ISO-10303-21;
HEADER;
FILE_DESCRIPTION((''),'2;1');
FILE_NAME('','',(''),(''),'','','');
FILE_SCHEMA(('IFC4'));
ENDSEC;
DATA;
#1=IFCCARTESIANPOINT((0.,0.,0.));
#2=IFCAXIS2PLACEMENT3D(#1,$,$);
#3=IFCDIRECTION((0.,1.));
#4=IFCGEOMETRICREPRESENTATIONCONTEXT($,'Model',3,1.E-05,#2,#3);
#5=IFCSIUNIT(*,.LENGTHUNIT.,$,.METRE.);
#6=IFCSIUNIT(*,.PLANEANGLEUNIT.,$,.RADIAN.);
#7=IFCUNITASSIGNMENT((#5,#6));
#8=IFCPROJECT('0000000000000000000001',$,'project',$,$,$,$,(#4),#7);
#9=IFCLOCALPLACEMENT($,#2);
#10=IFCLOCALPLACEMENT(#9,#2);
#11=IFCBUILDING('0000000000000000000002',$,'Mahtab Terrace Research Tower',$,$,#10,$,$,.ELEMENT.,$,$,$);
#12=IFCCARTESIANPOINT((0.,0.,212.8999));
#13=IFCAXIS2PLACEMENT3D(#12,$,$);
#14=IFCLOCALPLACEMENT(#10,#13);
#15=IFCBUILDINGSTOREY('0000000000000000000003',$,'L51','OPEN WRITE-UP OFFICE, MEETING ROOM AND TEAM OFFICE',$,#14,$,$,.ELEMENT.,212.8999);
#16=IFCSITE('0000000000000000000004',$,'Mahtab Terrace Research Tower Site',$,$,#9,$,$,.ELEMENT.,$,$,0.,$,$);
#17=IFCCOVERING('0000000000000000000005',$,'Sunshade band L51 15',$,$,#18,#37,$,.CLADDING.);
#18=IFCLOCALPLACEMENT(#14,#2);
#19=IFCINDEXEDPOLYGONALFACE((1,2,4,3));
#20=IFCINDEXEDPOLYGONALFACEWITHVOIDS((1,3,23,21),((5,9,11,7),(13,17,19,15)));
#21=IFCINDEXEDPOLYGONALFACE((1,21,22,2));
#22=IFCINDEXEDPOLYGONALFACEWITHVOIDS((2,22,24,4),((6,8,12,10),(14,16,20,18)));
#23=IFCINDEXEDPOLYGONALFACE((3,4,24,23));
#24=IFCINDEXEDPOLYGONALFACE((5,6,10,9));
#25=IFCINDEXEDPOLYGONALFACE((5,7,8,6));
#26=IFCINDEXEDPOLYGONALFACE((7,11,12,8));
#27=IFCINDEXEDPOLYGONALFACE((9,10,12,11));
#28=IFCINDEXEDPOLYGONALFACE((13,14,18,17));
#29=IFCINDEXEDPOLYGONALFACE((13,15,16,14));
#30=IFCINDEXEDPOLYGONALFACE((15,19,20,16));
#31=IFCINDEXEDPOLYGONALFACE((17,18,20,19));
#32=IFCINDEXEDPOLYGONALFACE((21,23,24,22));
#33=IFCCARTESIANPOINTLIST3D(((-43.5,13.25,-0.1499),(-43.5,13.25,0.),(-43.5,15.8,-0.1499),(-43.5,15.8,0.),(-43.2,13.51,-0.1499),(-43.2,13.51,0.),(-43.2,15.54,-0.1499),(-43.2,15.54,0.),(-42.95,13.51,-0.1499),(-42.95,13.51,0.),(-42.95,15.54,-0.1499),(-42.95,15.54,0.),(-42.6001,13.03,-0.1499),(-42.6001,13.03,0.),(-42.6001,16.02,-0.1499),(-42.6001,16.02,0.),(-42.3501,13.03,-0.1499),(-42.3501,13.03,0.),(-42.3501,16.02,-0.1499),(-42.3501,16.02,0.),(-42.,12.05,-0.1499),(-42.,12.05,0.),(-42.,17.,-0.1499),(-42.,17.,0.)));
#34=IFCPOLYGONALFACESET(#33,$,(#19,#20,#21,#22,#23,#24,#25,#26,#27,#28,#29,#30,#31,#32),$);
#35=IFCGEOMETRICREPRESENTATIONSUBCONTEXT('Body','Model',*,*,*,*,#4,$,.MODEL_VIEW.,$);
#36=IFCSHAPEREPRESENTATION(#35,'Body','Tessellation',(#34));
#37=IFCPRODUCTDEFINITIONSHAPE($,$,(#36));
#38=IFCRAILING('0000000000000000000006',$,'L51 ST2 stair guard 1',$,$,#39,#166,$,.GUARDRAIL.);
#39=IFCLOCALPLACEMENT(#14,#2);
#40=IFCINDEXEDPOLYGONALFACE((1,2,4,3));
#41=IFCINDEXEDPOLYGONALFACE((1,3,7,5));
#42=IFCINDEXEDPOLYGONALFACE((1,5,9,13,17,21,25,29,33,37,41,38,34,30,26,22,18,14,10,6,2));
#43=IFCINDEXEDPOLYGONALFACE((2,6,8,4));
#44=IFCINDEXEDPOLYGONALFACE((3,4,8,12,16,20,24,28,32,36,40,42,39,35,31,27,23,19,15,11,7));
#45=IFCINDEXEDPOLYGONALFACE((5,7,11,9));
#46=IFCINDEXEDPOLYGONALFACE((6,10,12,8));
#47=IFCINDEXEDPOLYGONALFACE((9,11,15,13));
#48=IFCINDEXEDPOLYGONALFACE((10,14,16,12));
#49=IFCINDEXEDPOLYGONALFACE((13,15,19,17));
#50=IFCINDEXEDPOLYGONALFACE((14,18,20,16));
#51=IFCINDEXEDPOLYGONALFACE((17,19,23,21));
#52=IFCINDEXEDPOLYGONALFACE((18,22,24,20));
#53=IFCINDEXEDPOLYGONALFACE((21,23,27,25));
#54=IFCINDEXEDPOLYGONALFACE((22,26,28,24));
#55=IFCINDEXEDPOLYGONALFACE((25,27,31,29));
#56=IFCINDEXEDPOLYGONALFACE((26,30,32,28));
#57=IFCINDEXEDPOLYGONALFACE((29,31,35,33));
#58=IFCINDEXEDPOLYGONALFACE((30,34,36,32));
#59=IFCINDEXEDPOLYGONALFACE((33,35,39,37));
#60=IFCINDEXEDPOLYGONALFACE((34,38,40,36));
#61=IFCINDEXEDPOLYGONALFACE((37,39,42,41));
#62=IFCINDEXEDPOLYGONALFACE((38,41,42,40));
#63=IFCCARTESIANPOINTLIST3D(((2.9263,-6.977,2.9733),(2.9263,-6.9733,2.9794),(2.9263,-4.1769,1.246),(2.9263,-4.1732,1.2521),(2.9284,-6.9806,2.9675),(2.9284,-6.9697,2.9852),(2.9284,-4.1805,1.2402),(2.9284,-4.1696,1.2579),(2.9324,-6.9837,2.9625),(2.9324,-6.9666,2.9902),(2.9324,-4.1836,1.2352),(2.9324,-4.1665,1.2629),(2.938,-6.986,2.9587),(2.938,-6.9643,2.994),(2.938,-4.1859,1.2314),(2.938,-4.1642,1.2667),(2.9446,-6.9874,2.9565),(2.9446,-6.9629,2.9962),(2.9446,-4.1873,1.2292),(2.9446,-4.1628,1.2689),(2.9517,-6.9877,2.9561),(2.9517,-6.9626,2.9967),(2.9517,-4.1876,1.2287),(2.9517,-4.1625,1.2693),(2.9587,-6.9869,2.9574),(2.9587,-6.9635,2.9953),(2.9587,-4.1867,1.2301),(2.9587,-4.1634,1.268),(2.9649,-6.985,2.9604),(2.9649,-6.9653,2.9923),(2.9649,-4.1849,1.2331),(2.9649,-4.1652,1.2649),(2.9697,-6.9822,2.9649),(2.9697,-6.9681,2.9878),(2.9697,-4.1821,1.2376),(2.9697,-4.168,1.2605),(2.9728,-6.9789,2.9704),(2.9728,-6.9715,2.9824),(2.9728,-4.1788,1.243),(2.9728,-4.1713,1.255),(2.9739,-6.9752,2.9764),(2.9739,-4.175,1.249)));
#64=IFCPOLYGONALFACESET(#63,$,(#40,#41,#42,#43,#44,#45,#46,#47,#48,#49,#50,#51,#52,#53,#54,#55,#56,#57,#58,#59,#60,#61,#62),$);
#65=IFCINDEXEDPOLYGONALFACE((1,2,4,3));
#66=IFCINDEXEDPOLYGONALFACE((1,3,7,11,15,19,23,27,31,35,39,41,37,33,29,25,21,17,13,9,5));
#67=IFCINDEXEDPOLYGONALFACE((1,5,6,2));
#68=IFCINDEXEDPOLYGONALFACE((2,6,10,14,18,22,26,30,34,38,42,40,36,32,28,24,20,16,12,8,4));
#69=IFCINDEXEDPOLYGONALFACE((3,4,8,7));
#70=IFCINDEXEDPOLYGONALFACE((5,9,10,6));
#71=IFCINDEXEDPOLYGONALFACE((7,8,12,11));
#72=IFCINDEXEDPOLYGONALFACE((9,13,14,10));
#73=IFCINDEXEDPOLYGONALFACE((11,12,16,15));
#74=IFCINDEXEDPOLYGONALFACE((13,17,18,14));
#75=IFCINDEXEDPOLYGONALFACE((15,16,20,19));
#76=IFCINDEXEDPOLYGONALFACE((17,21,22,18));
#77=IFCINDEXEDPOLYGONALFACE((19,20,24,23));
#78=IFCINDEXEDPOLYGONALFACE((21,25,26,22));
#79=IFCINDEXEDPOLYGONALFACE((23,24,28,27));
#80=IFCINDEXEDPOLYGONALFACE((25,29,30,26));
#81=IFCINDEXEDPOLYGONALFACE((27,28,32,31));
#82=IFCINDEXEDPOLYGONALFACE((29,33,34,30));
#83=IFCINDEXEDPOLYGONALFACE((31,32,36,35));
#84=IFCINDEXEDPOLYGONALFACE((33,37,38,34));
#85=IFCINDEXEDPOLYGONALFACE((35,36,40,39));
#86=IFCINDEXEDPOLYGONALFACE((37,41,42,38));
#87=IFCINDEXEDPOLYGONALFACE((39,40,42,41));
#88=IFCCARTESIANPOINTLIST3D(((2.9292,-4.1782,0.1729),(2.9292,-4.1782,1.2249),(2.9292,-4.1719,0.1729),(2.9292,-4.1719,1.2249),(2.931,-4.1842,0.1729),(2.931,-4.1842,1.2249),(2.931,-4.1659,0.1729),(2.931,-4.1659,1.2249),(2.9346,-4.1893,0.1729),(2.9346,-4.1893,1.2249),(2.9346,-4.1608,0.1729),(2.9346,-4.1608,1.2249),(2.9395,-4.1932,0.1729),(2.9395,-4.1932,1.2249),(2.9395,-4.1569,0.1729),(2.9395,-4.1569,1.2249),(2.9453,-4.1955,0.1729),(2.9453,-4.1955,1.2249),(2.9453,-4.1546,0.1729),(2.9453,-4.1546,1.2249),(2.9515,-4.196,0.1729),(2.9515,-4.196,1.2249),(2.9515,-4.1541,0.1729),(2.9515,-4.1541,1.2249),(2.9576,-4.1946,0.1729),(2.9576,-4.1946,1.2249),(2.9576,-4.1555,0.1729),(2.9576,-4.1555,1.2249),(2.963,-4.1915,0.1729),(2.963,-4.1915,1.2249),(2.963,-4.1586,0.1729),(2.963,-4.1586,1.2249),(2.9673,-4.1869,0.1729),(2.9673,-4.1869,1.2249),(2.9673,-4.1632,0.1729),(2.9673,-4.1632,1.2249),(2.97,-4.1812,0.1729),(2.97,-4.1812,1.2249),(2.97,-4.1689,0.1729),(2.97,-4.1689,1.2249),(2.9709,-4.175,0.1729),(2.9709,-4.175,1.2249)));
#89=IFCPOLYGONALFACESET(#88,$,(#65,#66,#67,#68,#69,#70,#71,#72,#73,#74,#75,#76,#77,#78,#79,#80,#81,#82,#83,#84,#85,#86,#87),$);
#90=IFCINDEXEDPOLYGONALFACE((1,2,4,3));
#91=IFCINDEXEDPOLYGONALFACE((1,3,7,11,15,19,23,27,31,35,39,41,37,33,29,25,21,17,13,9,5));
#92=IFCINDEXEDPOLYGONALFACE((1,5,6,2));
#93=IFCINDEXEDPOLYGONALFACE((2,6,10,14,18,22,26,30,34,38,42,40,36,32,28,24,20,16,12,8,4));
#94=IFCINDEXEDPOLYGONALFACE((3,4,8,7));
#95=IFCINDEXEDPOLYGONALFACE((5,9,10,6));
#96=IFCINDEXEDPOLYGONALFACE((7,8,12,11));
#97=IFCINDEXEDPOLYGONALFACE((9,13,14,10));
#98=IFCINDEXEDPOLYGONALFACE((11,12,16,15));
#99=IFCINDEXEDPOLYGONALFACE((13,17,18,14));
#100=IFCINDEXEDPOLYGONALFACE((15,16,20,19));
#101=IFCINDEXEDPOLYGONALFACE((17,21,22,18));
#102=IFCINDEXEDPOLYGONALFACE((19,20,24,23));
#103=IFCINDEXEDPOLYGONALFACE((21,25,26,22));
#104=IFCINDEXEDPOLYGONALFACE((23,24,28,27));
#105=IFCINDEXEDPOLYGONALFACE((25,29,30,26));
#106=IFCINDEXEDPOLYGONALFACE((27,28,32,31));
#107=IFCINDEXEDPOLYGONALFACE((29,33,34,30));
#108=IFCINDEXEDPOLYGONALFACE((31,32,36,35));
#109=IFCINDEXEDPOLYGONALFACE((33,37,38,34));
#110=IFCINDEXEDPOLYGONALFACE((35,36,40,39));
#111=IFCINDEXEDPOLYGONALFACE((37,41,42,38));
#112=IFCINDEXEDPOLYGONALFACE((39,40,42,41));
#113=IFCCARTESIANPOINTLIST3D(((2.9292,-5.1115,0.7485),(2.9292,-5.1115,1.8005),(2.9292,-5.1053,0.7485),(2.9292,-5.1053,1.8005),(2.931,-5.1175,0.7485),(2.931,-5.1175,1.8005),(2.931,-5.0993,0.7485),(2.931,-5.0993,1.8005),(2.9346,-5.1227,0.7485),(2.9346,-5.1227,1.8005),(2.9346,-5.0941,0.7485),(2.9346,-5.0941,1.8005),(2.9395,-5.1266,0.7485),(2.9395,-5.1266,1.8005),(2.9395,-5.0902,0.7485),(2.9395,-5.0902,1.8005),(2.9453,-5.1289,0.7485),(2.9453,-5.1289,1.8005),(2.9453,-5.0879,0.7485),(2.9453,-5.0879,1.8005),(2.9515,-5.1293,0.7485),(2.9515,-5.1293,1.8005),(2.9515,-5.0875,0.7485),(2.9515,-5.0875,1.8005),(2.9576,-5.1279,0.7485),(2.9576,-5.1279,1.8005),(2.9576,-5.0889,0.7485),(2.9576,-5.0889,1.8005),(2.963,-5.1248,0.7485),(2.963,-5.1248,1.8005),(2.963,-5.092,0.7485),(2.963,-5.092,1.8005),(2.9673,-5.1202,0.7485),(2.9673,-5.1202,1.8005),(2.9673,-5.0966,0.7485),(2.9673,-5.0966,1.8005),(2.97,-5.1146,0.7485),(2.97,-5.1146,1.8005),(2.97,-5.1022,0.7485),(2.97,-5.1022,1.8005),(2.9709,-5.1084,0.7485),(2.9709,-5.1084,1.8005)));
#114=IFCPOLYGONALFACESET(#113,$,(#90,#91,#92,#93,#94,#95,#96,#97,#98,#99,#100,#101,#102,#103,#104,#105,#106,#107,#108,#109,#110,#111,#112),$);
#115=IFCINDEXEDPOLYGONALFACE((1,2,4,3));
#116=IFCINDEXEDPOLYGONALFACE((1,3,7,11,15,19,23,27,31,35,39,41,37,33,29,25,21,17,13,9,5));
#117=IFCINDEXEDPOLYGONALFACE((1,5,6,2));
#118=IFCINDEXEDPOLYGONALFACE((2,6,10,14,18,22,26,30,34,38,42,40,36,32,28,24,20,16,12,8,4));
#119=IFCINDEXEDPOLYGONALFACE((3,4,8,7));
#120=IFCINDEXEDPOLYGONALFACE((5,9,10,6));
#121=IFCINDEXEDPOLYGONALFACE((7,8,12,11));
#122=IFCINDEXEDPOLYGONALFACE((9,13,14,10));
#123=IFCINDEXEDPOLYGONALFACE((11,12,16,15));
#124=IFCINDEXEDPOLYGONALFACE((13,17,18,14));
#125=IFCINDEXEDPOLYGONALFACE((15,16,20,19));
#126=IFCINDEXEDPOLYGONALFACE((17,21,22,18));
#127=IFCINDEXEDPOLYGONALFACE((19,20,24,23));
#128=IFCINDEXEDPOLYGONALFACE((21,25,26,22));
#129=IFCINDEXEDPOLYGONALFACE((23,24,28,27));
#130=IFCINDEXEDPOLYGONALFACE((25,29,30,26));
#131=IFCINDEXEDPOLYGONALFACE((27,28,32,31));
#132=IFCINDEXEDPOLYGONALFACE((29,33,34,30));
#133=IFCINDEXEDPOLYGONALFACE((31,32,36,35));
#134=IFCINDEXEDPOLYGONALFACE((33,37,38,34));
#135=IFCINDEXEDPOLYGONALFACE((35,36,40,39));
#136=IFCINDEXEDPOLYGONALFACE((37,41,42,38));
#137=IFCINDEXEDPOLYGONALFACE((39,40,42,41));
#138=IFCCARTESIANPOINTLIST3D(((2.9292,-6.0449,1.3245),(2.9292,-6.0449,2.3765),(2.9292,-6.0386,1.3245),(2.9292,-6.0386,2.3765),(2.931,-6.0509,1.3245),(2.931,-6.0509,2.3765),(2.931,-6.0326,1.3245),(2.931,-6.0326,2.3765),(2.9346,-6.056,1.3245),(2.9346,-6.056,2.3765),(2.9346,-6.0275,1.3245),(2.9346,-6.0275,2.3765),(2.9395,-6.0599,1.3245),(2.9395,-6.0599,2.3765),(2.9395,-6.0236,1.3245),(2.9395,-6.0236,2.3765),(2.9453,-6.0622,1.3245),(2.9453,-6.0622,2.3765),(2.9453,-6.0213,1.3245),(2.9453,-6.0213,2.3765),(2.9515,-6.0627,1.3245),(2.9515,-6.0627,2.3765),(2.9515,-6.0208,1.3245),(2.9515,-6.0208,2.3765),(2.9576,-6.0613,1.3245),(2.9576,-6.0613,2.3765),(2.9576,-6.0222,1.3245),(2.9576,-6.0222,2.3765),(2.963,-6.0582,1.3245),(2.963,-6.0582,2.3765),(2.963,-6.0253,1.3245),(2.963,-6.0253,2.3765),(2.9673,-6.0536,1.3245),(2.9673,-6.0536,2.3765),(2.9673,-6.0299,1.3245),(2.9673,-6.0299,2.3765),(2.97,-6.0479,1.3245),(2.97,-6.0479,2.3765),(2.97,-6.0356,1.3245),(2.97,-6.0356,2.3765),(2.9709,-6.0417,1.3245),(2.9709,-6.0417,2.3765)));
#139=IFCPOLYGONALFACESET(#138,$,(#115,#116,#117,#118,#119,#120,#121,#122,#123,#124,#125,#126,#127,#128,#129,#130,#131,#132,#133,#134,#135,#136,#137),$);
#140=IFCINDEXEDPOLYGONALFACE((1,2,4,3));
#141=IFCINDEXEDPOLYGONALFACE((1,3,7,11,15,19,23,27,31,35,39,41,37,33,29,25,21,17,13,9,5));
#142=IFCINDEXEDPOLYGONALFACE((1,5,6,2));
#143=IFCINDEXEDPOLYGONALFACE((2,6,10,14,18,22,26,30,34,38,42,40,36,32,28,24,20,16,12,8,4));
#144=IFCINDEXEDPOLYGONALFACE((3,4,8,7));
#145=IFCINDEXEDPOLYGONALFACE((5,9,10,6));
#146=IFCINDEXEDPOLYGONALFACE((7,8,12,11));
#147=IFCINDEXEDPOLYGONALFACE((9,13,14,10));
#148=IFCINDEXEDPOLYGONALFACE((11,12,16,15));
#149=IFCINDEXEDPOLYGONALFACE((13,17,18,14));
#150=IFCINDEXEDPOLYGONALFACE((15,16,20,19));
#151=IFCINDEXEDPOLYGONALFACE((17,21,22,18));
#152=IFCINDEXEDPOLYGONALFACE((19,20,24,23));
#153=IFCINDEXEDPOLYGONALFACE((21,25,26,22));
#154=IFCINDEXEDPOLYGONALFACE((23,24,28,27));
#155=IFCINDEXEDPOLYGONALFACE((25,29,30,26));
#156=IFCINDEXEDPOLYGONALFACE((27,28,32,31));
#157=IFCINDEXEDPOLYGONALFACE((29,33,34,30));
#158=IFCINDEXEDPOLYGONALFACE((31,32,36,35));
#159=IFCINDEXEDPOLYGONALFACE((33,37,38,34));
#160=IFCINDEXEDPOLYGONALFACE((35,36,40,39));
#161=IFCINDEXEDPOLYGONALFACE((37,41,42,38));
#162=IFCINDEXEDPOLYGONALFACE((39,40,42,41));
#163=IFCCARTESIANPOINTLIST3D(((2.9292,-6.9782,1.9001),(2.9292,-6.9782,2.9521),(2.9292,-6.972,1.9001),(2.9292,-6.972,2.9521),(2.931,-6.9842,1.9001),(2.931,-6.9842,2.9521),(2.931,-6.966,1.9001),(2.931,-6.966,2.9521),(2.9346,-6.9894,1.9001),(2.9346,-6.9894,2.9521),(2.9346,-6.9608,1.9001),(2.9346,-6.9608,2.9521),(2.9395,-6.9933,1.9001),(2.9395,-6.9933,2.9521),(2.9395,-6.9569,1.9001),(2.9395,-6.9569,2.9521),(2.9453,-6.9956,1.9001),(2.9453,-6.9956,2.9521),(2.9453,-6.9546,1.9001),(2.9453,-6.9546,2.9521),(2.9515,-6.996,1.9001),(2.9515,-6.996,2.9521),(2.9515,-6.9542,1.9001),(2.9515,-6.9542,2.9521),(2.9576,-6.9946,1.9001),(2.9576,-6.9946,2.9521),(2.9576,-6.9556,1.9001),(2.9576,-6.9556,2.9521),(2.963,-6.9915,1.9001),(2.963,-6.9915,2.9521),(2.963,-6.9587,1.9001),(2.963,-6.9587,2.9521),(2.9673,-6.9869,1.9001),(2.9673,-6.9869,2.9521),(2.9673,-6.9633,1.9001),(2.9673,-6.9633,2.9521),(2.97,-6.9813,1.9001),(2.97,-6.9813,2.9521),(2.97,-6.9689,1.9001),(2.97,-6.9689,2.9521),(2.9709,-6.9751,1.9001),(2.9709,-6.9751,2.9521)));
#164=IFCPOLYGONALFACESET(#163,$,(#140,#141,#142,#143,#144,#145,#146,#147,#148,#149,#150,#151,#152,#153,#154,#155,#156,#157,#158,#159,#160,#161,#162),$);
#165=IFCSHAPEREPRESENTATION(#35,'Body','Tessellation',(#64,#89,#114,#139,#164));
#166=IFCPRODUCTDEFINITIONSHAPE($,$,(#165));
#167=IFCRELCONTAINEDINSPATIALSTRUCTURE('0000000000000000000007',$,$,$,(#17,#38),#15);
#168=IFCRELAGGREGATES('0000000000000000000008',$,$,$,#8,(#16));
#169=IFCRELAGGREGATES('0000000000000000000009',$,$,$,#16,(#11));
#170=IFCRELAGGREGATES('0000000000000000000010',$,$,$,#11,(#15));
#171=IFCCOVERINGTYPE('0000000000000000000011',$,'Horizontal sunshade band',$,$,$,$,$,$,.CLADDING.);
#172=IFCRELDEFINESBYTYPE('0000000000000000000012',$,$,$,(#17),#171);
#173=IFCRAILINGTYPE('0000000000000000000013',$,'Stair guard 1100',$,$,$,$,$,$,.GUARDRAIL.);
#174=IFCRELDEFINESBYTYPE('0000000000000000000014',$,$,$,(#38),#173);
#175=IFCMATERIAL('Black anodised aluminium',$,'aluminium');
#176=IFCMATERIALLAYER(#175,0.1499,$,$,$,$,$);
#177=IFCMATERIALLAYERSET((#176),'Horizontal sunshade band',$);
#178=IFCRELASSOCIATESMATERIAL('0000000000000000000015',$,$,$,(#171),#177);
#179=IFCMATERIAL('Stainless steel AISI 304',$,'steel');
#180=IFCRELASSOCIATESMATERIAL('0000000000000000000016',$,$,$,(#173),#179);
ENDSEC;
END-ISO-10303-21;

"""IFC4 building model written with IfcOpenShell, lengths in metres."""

from ifc_helpers import new_model, si_unit, direction, frame, origin, origin_2d, place, context, subcontext, project, spatial, polyline, circle, outline, extrude, material, layer, layer_set, type_object, element, save


model = new_model("IFC4")

# Units and contexts
model_context = context("Model", 3, precision=1e-05, world=origin(), true_north=direction((0.0, 1.0)))
body_context = subcontext(model_context, "Body", "Model", "MODEL_VIEW")
ifc_project = project(units=[si_unit("LENGTHUNIT", "METRE"), si_unit("PLANEANGLEUNIT", "RADIAN")], contexts=[model_context])

# Site, building, storey
site_placement = place(None, origin())
site = spatial("IfcSite", under=ifc_project, at=site_placement, Name="Mahtab Terrace Research Tower Site", CompositionType="ELEMENT", RefElevation=0.0)
building_placement = place(site_placement, origin())
building = spatial("IfcBuilding", under=site, at=building_placement, Name="Mahtab Terrace Research Tower", CompositionType="ELEMENT")
storey_placement = place(building_placement, frame((0.0, 0.0, 212.8999)))
storey = spatial("IfcBuildingStorey", under=building, at=storey_placement, Name="L51", Description="OPEN WRITE-UP OFFICE, MEETING ROOM AND TEAM OFFICE", CompositionType="ELEMENT", Elevation=212.8999)

# Covering
ifc_material_1 = material(Name="Black anodised aluminium", Category="aluminium")
ifc_layer_1 = layer(ifc_material_1, 0.1499)
ifc_layer_set_1 = layer_set([ifc_layer_1], Name="Horizontal sunshade band")
covering_type = type_object("IfcCoveringType", Name="Horizontal sunshade band", PredefinedType="CLADDING", material=ifc_layer_set_1)
covering_1_placement = place(storey_placement, frame((0.0, 0.0, -0.1499)))
element("IfcCovering", 1, at=covering_1_placement, inside=storey, type_object=covering_type, Name="Sunshade band L51 15", PredefinedType="CLADDING", context=body_context, shape_type="SweptSolid", body=[
    extrude(outline(polyline([(-42.0, 17.0), (-42.0, 12.05), (-43.5, 13.25), (-43.5, 15.8), (-42.0, 17.0)]), holes=[polyline([(-42.3501, 16.02), (-42.3501, 13.03), (-42.6001, 13.03), (-42.6001, 16.02), (-42.3501, 16.02)]), polyline([(-42.95, 15.54), (-42.95, 13.51), (-43.2, 13.51), (-43.2, 15.54), (-42.95, 15.54)])]), origin(), (0.0, 0.0, 1.0), 0.1499),
])

# Railing
ifc_material_2 = material(Name="Stainless steel AISI 304", Category="steel")
railing_type_1 = type_object("IfcRailingType", Name="Stair guard 1100", PredefinedType="GUARDRAIL", material=ifc_material_2)
railing_1_placement = place(storey_placement, frame((2.95, -4.175, 0.1729)))
element("IfcRailing", 2, at=railing_1_placement, inside=storey, type_object=railing_type_1, Name="L51 ST2 stair guard 1", PredefinedType="GUARDRAIL", context=body_context, shape_type="SweptSolid", body=[
    extrude(circle(Radius=0.0239, at=origin_2d()), frame((0.0, 0.0, 1.0762), z_axis=(0.0, -0.85109, 0.52502), x_axis=(1.0, 0.0, 0.0)), (0.0, 0.0, 1.0), 3.29),
    extrude(circle(Radius=0.021, at=origin_2d()), origin(), (0.0, 0.0, 1.0), 1.052),
    extrude(circle(Radius=0.021, at=origin_2d()), frame((0.0, -0.9333, 0.5757)), (0.0, 0.0, 1.0), 1.052),
    extrude(circle(Radius=0.021, at=origin_2d()), frame((0.0, -1.8667, 1.1516)), (0.0, 0.0, 1.0), 1.052),
    extrude(circle(Radius=0.021, at=origin_2d()), frame((0.0, -2.8, 1.7273)), (0.0, 0.0, 1.0), 1.052),
])

save(model, "model.ifc")
